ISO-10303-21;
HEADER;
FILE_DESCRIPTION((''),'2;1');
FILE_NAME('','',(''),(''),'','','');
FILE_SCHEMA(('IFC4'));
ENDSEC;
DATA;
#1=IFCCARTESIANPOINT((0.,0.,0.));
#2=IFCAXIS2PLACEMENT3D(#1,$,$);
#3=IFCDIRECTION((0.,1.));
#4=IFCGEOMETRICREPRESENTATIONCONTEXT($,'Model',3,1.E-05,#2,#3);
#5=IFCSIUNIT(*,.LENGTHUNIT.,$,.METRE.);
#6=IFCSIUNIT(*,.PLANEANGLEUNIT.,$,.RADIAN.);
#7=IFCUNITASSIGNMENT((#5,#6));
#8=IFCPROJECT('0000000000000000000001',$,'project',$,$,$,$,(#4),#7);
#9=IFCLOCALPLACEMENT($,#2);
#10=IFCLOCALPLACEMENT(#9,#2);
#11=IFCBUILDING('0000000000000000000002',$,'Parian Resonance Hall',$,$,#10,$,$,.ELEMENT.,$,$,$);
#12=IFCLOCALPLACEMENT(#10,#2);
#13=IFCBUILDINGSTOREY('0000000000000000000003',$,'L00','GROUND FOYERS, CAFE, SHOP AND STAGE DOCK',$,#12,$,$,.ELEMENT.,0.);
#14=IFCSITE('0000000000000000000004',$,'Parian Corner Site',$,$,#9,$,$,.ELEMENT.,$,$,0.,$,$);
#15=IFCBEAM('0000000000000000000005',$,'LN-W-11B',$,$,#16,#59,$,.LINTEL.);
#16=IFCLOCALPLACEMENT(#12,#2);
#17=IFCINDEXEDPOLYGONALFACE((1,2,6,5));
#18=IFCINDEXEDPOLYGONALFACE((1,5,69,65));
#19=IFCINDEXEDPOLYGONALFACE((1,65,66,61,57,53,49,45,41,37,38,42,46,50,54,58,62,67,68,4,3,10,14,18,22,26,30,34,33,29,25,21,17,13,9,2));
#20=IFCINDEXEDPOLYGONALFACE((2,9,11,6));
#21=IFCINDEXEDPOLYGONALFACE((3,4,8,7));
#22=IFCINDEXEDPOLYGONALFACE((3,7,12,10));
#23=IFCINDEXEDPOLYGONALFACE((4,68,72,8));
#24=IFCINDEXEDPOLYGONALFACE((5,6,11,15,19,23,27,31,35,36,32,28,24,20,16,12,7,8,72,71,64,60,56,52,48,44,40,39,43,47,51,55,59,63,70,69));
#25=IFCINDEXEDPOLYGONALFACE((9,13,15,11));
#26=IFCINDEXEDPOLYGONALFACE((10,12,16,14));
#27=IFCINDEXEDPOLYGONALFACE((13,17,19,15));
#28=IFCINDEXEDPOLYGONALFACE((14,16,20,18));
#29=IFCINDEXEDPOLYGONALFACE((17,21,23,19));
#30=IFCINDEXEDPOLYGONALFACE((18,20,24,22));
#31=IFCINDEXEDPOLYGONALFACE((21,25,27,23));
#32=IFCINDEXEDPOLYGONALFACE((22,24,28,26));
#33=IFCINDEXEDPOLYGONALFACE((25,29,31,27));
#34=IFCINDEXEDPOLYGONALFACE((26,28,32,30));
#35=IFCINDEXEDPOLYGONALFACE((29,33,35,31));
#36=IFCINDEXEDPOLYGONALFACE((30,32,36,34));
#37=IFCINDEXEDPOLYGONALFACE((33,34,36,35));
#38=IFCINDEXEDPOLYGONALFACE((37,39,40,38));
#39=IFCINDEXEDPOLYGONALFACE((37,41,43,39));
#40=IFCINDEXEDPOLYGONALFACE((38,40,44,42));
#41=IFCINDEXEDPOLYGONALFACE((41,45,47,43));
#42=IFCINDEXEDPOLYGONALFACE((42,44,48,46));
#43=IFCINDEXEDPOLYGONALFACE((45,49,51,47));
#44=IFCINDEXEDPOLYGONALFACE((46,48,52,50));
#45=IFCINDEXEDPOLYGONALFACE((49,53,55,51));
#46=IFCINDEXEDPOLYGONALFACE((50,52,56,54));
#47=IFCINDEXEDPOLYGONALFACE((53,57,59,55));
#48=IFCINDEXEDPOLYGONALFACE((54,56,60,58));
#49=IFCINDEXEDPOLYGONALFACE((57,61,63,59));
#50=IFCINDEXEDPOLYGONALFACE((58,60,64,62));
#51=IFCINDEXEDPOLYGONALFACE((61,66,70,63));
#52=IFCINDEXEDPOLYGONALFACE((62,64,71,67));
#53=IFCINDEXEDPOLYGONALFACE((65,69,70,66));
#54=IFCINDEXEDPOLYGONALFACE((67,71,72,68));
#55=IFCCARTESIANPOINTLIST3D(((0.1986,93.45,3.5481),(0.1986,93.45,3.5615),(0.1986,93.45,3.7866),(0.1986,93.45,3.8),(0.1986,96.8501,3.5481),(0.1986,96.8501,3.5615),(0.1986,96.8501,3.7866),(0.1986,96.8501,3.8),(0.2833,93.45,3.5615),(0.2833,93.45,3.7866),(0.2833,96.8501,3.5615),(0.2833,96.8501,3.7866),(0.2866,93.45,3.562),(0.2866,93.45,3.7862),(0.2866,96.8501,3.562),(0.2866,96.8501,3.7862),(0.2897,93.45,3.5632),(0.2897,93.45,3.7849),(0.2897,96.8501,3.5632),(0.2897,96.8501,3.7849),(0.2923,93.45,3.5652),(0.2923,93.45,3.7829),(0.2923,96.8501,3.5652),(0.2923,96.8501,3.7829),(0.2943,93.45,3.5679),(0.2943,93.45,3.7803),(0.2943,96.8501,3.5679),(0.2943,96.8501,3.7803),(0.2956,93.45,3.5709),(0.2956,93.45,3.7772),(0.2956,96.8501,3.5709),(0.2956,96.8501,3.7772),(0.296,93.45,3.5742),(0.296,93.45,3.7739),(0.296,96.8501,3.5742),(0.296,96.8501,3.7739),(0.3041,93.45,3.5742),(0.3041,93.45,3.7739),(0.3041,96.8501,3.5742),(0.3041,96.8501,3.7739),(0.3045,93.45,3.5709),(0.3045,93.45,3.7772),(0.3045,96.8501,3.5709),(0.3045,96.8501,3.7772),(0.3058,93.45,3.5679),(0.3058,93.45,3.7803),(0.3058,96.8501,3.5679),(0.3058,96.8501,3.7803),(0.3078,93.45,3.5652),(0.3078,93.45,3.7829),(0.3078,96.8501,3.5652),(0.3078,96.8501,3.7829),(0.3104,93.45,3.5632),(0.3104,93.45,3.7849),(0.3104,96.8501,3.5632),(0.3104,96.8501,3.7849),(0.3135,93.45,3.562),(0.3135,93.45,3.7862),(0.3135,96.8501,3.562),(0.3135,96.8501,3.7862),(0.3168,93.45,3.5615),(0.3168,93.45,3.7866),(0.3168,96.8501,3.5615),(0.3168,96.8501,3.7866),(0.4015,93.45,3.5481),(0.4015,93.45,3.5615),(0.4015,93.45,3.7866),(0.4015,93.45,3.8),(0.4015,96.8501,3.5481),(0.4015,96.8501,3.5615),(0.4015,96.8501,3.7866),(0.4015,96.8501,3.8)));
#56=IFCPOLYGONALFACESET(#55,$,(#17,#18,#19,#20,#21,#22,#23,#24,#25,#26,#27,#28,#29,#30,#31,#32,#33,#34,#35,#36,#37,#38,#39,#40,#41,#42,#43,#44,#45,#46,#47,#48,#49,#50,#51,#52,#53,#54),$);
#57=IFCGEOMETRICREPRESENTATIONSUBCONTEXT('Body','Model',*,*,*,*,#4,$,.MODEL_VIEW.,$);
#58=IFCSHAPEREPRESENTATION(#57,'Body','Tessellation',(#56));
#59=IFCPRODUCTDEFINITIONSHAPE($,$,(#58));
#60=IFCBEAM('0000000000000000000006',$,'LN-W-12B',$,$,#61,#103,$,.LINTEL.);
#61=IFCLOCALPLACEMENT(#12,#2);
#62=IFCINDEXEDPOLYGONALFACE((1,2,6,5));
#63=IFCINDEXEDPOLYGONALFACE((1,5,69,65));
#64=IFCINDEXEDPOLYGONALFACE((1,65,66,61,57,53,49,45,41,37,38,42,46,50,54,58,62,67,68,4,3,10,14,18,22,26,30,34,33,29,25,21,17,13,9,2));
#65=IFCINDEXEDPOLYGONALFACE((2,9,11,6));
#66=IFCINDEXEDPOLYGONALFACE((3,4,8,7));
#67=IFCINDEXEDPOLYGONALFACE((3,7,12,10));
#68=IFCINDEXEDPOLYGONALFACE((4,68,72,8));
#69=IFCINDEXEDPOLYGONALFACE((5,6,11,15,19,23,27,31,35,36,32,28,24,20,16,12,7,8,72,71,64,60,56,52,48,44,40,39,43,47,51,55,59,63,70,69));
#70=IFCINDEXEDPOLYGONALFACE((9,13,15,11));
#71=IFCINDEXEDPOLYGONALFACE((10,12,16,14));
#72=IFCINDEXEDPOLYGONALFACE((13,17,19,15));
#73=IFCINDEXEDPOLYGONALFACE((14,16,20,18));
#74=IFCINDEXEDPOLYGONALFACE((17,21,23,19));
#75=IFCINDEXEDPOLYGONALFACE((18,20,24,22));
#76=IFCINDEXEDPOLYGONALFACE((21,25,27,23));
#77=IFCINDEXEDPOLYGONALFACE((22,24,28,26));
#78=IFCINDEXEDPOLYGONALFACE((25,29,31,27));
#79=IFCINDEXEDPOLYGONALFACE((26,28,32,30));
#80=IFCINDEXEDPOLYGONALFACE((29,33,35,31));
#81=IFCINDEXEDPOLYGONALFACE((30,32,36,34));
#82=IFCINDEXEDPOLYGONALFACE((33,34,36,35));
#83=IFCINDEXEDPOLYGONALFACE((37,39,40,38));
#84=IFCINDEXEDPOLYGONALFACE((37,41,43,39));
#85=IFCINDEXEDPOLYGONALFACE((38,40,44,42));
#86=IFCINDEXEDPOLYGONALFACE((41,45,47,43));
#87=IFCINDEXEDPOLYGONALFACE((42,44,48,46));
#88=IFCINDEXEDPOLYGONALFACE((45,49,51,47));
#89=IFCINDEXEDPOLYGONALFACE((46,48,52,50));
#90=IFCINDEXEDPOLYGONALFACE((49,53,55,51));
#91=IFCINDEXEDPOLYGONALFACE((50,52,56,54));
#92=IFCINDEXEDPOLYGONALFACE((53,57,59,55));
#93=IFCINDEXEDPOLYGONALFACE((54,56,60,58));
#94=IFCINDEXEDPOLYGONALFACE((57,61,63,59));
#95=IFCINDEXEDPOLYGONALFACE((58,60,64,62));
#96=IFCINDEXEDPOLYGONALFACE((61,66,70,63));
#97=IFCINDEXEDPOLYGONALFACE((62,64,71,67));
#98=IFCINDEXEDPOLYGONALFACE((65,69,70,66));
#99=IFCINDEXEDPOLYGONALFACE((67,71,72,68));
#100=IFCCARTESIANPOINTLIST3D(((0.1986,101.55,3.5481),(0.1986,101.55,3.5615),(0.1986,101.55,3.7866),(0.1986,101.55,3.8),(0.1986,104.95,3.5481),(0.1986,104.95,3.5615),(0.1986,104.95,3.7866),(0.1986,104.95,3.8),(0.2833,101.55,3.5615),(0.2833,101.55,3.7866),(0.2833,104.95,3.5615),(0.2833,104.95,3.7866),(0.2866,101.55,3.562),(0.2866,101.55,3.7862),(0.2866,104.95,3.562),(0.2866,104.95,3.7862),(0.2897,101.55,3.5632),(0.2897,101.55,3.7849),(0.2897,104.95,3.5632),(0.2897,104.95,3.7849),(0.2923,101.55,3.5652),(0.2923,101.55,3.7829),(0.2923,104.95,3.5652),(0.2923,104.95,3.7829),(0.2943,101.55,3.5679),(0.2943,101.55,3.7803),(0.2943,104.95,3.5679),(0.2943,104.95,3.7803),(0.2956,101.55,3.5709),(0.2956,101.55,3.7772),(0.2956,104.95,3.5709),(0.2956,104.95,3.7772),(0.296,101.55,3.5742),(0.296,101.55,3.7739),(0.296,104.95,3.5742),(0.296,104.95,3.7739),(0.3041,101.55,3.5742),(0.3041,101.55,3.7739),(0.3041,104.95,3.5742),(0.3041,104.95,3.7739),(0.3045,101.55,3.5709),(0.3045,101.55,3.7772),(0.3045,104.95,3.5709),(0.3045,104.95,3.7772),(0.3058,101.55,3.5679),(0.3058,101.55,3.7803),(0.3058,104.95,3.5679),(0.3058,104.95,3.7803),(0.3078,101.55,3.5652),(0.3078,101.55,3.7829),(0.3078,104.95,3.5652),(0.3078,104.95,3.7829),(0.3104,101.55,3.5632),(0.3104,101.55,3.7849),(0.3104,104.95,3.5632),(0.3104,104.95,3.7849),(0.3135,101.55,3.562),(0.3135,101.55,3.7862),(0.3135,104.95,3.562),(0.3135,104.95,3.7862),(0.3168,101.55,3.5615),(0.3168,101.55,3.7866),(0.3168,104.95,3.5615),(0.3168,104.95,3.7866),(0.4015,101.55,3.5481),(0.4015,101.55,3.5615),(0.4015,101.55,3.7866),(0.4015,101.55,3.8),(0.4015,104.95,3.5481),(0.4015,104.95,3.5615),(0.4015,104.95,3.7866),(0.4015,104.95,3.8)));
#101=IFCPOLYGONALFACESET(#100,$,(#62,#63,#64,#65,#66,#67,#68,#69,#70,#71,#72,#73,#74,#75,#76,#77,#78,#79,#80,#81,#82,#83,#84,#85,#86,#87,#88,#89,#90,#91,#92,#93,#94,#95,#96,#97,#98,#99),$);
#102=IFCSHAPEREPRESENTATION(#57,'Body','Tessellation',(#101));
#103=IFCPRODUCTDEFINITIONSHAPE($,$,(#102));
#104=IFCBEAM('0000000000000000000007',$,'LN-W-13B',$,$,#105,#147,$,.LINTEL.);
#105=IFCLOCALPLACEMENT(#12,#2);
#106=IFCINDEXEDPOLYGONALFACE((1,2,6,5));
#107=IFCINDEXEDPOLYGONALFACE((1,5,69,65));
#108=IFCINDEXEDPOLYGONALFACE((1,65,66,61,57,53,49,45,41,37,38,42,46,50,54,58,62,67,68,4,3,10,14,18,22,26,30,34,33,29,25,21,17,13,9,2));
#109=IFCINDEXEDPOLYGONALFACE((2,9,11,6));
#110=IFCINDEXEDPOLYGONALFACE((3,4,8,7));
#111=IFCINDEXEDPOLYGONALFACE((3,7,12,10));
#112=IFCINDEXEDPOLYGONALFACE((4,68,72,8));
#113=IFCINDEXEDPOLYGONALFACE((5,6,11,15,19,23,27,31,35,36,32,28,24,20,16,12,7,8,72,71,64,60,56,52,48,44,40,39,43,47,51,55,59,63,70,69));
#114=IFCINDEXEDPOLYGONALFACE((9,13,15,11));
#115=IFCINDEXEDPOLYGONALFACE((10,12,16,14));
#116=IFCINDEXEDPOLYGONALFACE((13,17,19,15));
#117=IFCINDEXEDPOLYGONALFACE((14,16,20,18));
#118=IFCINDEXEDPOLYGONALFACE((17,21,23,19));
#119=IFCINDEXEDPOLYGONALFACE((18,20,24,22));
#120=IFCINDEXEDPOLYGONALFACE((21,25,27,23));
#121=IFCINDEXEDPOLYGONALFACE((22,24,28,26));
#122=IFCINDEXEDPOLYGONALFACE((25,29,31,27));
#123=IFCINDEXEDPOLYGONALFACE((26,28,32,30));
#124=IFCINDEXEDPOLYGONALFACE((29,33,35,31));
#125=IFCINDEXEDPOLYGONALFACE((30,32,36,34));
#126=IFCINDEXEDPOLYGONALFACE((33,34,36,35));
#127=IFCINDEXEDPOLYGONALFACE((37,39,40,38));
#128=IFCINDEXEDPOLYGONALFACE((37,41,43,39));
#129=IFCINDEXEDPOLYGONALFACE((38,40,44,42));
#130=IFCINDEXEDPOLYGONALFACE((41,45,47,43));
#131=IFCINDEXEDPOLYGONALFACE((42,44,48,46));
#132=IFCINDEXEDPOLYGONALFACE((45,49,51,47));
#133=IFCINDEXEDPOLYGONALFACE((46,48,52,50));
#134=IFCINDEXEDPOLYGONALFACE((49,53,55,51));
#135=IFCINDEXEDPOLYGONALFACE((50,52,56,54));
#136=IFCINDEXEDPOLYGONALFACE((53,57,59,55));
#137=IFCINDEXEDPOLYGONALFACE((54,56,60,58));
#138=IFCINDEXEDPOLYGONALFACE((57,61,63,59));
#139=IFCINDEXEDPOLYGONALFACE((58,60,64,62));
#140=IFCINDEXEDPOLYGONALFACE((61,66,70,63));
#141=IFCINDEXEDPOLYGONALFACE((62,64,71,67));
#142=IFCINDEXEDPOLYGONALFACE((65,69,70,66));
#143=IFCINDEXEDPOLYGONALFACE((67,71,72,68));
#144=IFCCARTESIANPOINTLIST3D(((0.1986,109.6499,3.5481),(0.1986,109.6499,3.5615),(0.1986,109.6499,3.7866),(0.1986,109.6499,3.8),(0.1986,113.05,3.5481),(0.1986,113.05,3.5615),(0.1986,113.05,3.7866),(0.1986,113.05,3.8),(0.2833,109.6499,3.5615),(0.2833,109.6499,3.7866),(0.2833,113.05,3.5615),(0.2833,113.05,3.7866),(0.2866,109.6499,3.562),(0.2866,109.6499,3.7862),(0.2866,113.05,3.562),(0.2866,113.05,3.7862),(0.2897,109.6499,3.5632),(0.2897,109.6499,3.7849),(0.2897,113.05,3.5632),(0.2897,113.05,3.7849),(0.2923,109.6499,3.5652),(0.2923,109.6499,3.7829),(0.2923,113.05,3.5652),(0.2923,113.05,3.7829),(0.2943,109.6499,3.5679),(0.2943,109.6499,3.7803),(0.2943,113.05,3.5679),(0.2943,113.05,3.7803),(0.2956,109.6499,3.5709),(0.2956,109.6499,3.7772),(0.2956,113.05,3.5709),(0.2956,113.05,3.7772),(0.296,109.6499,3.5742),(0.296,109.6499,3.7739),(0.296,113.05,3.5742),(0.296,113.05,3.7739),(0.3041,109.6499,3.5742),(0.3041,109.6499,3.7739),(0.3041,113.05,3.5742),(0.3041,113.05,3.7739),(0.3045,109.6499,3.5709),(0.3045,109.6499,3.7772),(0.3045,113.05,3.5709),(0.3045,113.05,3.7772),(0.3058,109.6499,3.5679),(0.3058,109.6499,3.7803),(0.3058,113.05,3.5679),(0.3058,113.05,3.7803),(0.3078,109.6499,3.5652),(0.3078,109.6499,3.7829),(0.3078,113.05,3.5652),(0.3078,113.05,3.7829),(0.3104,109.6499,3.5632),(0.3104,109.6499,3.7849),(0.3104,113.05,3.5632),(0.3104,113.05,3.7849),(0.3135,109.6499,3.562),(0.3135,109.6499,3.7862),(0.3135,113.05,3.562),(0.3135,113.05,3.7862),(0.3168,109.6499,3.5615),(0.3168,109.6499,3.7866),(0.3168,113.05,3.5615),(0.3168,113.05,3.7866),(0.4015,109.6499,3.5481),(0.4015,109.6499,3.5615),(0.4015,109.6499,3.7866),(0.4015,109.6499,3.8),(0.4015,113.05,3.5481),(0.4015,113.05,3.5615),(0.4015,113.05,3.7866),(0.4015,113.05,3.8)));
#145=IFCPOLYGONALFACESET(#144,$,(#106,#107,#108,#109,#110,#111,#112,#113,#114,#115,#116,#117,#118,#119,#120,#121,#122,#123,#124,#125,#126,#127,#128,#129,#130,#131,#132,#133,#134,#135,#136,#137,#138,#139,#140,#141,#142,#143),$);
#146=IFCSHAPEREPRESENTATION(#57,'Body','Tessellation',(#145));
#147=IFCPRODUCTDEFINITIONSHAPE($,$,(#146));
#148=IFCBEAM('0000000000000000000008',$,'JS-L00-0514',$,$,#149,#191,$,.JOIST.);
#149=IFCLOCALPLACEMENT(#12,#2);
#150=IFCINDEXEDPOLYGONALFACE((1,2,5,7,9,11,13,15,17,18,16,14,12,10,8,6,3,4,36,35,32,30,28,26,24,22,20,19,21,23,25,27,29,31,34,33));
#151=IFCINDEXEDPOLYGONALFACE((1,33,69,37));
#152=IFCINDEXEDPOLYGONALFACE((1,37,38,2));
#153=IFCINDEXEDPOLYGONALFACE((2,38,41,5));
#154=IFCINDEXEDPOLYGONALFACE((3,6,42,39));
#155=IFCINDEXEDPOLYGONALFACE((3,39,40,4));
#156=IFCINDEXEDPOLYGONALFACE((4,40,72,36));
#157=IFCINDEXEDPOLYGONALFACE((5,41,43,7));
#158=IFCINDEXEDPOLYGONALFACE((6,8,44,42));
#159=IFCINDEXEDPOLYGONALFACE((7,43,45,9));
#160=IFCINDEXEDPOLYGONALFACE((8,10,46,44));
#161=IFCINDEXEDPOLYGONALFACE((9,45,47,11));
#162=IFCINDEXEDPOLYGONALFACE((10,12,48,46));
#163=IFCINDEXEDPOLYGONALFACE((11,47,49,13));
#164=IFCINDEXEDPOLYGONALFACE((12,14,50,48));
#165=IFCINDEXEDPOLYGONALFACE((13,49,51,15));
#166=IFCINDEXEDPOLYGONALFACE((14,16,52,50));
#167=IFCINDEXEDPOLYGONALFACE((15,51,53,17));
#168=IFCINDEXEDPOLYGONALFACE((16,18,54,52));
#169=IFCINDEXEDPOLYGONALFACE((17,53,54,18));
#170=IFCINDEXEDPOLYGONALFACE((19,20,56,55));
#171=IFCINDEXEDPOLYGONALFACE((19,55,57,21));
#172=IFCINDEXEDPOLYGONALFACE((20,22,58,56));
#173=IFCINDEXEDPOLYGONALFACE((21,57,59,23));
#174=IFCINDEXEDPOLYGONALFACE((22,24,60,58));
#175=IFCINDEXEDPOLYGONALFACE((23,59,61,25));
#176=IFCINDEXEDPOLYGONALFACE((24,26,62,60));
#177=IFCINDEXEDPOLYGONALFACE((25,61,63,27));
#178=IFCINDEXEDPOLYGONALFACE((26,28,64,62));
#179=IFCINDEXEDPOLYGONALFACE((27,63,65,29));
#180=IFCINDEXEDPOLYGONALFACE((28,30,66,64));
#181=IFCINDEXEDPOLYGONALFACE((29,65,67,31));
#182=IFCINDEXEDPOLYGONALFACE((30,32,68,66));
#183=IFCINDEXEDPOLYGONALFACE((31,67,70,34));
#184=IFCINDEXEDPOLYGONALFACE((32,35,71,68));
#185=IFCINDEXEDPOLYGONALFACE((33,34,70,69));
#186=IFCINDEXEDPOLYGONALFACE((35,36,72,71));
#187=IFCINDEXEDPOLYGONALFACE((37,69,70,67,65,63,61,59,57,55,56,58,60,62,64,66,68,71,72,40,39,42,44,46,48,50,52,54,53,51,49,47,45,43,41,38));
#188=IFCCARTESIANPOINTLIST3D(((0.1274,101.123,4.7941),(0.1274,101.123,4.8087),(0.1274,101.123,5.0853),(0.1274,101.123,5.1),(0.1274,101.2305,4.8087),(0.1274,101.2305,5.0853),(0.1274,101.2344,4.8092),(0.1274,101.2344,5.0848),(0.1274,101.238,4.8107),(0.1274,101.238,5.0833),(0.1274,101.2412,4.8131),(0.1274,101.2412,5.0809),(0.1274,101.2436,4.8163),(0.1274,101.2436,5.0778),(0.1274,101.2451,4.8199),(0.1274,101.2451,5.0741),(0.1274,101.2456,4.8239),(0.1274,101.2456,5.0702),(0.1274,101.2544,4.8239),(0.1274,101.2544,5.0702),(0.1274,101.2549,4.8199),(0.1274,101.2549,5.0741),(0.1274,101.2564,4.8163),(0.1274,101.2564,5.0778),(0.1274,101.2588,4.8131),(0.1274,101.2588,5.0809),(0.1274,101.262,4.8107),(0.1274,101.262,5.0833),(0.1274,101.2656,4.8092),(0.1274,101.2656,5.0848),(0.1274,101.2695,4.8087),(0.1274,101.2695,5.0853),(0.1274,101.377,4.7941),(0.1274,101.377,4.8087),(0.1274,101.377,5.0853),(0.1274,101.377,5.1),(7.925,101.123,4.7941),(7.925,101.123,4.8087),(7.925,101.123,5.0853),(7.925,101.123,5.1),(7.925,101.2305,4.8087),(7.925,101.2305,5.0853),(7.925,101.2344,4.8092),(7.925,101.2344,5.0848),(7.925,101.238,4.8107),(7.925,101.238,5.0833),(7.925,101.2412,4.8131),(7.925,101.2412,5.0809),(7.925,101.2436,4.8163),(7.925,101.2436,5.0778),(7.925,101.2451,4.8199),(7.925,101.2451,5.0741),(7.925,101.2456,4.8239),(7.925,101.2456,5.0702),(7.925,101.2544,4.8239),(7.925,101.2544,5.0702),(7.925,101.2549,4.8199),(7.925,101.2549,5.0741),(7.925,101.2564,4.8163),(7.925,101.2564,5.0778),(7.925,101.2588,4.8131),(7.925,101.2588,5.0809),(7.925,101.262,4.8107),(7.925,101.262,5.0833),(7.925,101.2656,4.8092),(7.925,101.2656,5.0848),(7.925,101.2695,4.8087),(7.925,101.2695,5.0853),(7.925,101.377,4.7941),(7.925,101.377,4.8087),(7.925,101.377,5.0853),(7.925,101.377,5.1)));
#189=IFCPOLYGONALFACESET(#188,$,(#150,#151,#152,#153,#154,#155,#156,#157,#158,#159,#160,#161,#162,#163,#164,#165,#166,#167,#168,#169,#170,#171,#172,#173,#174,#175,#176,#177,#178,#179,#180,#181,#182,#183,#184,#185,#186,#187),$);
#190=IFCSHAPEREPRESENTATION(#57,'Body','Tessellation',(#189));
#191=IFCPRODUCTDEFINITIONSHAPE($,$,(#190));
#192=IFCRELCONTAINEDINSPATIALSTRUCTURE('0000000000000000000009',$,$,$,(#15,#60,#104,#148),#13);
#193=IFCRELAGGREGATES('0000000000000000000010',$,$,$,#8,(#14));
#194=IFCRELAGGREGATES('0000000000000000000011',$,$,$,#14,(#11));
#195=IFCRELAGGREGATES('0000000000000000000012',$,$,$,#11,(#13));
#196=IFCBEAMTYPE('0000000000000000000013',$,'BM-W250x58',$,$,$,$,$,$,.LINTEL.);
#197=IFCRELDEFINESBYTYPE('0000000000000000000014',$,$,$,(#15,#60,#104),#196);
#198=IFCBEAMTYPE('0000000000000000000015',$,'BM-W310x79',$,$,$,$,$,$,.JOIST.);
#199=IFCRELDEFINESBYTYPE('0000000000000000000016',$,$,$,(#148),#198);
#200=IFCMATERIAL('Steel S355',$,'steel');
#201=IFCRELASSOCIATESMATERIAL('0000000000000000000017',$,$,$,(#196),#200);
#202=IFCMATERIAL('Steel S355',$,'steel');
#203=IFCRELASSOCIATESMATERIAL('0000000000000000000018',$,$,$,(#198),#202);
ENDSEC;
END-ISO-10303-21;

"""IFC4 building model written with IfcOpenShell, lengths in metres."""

from ifc_helpers import new_model, si_unit, direction, frame, origin, origin_2d, place, context, subcontext, project, spatial, i_section, extrude, material, material_profile, profile_set, type_object, element, save


model = new_model("IFC4")

# Units and contexts
model_context = context("Model", 3, precision=1e-05, world=origin(), true_north=direction((0.0, 1.0)))
body_context = subcontext(model_context, "Body", "Model", "MODEL_VIEW")
ifc_project = project(units=[si_unit("LENGTHUNIT", "METRE"), si_unit("PLANEANGLEUNIT", "RADIAN")], contexts=[model_context])

# Site, building, storey
site_placement = place(None, origin())
site = spatial("IfcSite", under=ifc_project, at=site_placement, Name="Parian Corner Site", CompositionType="ELEMENT", RefElevation=0.0)
building_placement = place(site_placement, origin())
building = spatial("IfcBuilding", under=site, at=building_placement, Name="Parian Resonance Hall", CompositionType="ELEMENT")
storey_placement = place(building_placement, origin())
storey = spatial("IfcBuildingStorey", under=building, at=storey_placement, Name="L00", Description="GROUND FOYERS, CAFE, SHOP AND STAGE DOCK", CompositionType="ELEMENT", Elevation=0.0)

# Beams
ifc_material_1 = material(Name="Steel S355", Category="steel")
ifc_material_profile_1 = material_profile(ifc_material_1, i_section(OverallWidth=0.2029, OverallDepth=0.252, WebThickness=0.0081, FlangeThickness=0.0134, FilletRadius=0.0127, at=origin_2d()), Name="W250x58")
ifc_profile_set_1 = profile_set([ifc_material_profile_1], Name="Steel S355")
beam_type_1 = type_object("IfcBeamType", Name="BM-W250x58", PredefinedType="LINTEL", material=ifc_profile_set_1)
beam_1_placement = place(storey_placement, frame((0.3, 93.45, 3.6741), z_axis=(0.0, 1.0, 0.0), x_axis=(-1.0, 0.0, 0.0)))
element("IfcBeam", 1, at=beam_1_placement, inside=storey, type_object=beam_type_1, Name="LN-W-11B", PredefinedType="LINTEL", context=body_context, shape_type="SweptSolid", body=[
    extrude(i_section(OverallWidth=0.2029, OverallDepth=0.252, WebThickness=0.0081, FlangeThickness=0.0134, FilletRadius=0.0127, at=origin_2d()), origin(), (0.0, 0.0, 1.0), 3.4001),
])
beam_2_placement = place(storey_placement, frame((0.3, 101.55, 3.6741), z_axis=(0.0, 1.0, 0.0), x_axis=(-1.0, 0.0, 0.0)))
element("IfcBeam", 2, at=beam_2_placement, inside=storey, type_object=beam_type_1, Name="LN-W-12B", PredefinedType="LINTEL", context=body_context, shape_type="SweptSolid", body=[
    extrude(i_section(OverallWidth=0.2029, OverallDepth=0.252, WebThickness=0.0081, FlangeThickness=0.0134, FilletRadius=0.0127, at=origin_2d()), origin(), (0.0, 0.0, 1.0), 3.3999),
])
beam_3_placement = place(storey_placement, frame((0.3, 109.6499, 3.6741), z_axis=(0.0, 1.0, 0.0), x_axis=(-1.0, 0.0, 0.0)))
element("IfcBeam", 3, at=beam_3_placement, inside=storey, type_object=beam_type_1, Name="LN-W-13B", PredefinedType="LINTEL", context=body_context, shape_type="SweptSolid", body=[
    extrude(i_section(OverallWidth=0.2029, OverallDepth=0.252, WebThickness=0.0081, FlangeThickness=0.0134, FilletRadius=0.0127, at=origin_2d()), origin(), (0.0, 0.0, 1.0), 3.4001),
])
ifc_material_2 = material(Name="Steel S355", Category="steel")
ifc_material_profile_2 = material_profile(ifc_material_2, i_section(OverallWidth=0.2539, OverallDepth=0.3059, WebThickness=0.0088, FlangeThickness=0.0146, FilletRadius=0.0151, at=origin_2d()), Name="W310x79")
ifc_profile_set_2 = profile_set([ifc_material_profile_2], Name="Steel S355")
beam_type_2 = type_object("IfcBeamType", Name="BM-W310x79", PredefinedType="JOIST", material=ifc_profile_set_2)
beam_4_placement = place(storey_placement, frame((0.1274, 101.25, 4.947), z_axis=(1.0, 0.0, 0.0), x_axis=(0.0, 1.0, 0.0)))
element("IfcBeam", 4, at=beam_4_placement, inside=storey, type_object=beam_type_2, Name="JS-L00-0514", PredefinedType="JOIST", context=body_context, shape_type="SweptSolid", body=[
    extrude(i_section(OverallWidth=0.2539, OverallDepth=0.3059, WebThickness=0.0088, FlangeThickness=0.0146, FilletRadius=0.0151, at=origin_2d()), origin(), (0.0, 0.0, 1.0), 7.7976),
])

save(model, "model.ifc")
